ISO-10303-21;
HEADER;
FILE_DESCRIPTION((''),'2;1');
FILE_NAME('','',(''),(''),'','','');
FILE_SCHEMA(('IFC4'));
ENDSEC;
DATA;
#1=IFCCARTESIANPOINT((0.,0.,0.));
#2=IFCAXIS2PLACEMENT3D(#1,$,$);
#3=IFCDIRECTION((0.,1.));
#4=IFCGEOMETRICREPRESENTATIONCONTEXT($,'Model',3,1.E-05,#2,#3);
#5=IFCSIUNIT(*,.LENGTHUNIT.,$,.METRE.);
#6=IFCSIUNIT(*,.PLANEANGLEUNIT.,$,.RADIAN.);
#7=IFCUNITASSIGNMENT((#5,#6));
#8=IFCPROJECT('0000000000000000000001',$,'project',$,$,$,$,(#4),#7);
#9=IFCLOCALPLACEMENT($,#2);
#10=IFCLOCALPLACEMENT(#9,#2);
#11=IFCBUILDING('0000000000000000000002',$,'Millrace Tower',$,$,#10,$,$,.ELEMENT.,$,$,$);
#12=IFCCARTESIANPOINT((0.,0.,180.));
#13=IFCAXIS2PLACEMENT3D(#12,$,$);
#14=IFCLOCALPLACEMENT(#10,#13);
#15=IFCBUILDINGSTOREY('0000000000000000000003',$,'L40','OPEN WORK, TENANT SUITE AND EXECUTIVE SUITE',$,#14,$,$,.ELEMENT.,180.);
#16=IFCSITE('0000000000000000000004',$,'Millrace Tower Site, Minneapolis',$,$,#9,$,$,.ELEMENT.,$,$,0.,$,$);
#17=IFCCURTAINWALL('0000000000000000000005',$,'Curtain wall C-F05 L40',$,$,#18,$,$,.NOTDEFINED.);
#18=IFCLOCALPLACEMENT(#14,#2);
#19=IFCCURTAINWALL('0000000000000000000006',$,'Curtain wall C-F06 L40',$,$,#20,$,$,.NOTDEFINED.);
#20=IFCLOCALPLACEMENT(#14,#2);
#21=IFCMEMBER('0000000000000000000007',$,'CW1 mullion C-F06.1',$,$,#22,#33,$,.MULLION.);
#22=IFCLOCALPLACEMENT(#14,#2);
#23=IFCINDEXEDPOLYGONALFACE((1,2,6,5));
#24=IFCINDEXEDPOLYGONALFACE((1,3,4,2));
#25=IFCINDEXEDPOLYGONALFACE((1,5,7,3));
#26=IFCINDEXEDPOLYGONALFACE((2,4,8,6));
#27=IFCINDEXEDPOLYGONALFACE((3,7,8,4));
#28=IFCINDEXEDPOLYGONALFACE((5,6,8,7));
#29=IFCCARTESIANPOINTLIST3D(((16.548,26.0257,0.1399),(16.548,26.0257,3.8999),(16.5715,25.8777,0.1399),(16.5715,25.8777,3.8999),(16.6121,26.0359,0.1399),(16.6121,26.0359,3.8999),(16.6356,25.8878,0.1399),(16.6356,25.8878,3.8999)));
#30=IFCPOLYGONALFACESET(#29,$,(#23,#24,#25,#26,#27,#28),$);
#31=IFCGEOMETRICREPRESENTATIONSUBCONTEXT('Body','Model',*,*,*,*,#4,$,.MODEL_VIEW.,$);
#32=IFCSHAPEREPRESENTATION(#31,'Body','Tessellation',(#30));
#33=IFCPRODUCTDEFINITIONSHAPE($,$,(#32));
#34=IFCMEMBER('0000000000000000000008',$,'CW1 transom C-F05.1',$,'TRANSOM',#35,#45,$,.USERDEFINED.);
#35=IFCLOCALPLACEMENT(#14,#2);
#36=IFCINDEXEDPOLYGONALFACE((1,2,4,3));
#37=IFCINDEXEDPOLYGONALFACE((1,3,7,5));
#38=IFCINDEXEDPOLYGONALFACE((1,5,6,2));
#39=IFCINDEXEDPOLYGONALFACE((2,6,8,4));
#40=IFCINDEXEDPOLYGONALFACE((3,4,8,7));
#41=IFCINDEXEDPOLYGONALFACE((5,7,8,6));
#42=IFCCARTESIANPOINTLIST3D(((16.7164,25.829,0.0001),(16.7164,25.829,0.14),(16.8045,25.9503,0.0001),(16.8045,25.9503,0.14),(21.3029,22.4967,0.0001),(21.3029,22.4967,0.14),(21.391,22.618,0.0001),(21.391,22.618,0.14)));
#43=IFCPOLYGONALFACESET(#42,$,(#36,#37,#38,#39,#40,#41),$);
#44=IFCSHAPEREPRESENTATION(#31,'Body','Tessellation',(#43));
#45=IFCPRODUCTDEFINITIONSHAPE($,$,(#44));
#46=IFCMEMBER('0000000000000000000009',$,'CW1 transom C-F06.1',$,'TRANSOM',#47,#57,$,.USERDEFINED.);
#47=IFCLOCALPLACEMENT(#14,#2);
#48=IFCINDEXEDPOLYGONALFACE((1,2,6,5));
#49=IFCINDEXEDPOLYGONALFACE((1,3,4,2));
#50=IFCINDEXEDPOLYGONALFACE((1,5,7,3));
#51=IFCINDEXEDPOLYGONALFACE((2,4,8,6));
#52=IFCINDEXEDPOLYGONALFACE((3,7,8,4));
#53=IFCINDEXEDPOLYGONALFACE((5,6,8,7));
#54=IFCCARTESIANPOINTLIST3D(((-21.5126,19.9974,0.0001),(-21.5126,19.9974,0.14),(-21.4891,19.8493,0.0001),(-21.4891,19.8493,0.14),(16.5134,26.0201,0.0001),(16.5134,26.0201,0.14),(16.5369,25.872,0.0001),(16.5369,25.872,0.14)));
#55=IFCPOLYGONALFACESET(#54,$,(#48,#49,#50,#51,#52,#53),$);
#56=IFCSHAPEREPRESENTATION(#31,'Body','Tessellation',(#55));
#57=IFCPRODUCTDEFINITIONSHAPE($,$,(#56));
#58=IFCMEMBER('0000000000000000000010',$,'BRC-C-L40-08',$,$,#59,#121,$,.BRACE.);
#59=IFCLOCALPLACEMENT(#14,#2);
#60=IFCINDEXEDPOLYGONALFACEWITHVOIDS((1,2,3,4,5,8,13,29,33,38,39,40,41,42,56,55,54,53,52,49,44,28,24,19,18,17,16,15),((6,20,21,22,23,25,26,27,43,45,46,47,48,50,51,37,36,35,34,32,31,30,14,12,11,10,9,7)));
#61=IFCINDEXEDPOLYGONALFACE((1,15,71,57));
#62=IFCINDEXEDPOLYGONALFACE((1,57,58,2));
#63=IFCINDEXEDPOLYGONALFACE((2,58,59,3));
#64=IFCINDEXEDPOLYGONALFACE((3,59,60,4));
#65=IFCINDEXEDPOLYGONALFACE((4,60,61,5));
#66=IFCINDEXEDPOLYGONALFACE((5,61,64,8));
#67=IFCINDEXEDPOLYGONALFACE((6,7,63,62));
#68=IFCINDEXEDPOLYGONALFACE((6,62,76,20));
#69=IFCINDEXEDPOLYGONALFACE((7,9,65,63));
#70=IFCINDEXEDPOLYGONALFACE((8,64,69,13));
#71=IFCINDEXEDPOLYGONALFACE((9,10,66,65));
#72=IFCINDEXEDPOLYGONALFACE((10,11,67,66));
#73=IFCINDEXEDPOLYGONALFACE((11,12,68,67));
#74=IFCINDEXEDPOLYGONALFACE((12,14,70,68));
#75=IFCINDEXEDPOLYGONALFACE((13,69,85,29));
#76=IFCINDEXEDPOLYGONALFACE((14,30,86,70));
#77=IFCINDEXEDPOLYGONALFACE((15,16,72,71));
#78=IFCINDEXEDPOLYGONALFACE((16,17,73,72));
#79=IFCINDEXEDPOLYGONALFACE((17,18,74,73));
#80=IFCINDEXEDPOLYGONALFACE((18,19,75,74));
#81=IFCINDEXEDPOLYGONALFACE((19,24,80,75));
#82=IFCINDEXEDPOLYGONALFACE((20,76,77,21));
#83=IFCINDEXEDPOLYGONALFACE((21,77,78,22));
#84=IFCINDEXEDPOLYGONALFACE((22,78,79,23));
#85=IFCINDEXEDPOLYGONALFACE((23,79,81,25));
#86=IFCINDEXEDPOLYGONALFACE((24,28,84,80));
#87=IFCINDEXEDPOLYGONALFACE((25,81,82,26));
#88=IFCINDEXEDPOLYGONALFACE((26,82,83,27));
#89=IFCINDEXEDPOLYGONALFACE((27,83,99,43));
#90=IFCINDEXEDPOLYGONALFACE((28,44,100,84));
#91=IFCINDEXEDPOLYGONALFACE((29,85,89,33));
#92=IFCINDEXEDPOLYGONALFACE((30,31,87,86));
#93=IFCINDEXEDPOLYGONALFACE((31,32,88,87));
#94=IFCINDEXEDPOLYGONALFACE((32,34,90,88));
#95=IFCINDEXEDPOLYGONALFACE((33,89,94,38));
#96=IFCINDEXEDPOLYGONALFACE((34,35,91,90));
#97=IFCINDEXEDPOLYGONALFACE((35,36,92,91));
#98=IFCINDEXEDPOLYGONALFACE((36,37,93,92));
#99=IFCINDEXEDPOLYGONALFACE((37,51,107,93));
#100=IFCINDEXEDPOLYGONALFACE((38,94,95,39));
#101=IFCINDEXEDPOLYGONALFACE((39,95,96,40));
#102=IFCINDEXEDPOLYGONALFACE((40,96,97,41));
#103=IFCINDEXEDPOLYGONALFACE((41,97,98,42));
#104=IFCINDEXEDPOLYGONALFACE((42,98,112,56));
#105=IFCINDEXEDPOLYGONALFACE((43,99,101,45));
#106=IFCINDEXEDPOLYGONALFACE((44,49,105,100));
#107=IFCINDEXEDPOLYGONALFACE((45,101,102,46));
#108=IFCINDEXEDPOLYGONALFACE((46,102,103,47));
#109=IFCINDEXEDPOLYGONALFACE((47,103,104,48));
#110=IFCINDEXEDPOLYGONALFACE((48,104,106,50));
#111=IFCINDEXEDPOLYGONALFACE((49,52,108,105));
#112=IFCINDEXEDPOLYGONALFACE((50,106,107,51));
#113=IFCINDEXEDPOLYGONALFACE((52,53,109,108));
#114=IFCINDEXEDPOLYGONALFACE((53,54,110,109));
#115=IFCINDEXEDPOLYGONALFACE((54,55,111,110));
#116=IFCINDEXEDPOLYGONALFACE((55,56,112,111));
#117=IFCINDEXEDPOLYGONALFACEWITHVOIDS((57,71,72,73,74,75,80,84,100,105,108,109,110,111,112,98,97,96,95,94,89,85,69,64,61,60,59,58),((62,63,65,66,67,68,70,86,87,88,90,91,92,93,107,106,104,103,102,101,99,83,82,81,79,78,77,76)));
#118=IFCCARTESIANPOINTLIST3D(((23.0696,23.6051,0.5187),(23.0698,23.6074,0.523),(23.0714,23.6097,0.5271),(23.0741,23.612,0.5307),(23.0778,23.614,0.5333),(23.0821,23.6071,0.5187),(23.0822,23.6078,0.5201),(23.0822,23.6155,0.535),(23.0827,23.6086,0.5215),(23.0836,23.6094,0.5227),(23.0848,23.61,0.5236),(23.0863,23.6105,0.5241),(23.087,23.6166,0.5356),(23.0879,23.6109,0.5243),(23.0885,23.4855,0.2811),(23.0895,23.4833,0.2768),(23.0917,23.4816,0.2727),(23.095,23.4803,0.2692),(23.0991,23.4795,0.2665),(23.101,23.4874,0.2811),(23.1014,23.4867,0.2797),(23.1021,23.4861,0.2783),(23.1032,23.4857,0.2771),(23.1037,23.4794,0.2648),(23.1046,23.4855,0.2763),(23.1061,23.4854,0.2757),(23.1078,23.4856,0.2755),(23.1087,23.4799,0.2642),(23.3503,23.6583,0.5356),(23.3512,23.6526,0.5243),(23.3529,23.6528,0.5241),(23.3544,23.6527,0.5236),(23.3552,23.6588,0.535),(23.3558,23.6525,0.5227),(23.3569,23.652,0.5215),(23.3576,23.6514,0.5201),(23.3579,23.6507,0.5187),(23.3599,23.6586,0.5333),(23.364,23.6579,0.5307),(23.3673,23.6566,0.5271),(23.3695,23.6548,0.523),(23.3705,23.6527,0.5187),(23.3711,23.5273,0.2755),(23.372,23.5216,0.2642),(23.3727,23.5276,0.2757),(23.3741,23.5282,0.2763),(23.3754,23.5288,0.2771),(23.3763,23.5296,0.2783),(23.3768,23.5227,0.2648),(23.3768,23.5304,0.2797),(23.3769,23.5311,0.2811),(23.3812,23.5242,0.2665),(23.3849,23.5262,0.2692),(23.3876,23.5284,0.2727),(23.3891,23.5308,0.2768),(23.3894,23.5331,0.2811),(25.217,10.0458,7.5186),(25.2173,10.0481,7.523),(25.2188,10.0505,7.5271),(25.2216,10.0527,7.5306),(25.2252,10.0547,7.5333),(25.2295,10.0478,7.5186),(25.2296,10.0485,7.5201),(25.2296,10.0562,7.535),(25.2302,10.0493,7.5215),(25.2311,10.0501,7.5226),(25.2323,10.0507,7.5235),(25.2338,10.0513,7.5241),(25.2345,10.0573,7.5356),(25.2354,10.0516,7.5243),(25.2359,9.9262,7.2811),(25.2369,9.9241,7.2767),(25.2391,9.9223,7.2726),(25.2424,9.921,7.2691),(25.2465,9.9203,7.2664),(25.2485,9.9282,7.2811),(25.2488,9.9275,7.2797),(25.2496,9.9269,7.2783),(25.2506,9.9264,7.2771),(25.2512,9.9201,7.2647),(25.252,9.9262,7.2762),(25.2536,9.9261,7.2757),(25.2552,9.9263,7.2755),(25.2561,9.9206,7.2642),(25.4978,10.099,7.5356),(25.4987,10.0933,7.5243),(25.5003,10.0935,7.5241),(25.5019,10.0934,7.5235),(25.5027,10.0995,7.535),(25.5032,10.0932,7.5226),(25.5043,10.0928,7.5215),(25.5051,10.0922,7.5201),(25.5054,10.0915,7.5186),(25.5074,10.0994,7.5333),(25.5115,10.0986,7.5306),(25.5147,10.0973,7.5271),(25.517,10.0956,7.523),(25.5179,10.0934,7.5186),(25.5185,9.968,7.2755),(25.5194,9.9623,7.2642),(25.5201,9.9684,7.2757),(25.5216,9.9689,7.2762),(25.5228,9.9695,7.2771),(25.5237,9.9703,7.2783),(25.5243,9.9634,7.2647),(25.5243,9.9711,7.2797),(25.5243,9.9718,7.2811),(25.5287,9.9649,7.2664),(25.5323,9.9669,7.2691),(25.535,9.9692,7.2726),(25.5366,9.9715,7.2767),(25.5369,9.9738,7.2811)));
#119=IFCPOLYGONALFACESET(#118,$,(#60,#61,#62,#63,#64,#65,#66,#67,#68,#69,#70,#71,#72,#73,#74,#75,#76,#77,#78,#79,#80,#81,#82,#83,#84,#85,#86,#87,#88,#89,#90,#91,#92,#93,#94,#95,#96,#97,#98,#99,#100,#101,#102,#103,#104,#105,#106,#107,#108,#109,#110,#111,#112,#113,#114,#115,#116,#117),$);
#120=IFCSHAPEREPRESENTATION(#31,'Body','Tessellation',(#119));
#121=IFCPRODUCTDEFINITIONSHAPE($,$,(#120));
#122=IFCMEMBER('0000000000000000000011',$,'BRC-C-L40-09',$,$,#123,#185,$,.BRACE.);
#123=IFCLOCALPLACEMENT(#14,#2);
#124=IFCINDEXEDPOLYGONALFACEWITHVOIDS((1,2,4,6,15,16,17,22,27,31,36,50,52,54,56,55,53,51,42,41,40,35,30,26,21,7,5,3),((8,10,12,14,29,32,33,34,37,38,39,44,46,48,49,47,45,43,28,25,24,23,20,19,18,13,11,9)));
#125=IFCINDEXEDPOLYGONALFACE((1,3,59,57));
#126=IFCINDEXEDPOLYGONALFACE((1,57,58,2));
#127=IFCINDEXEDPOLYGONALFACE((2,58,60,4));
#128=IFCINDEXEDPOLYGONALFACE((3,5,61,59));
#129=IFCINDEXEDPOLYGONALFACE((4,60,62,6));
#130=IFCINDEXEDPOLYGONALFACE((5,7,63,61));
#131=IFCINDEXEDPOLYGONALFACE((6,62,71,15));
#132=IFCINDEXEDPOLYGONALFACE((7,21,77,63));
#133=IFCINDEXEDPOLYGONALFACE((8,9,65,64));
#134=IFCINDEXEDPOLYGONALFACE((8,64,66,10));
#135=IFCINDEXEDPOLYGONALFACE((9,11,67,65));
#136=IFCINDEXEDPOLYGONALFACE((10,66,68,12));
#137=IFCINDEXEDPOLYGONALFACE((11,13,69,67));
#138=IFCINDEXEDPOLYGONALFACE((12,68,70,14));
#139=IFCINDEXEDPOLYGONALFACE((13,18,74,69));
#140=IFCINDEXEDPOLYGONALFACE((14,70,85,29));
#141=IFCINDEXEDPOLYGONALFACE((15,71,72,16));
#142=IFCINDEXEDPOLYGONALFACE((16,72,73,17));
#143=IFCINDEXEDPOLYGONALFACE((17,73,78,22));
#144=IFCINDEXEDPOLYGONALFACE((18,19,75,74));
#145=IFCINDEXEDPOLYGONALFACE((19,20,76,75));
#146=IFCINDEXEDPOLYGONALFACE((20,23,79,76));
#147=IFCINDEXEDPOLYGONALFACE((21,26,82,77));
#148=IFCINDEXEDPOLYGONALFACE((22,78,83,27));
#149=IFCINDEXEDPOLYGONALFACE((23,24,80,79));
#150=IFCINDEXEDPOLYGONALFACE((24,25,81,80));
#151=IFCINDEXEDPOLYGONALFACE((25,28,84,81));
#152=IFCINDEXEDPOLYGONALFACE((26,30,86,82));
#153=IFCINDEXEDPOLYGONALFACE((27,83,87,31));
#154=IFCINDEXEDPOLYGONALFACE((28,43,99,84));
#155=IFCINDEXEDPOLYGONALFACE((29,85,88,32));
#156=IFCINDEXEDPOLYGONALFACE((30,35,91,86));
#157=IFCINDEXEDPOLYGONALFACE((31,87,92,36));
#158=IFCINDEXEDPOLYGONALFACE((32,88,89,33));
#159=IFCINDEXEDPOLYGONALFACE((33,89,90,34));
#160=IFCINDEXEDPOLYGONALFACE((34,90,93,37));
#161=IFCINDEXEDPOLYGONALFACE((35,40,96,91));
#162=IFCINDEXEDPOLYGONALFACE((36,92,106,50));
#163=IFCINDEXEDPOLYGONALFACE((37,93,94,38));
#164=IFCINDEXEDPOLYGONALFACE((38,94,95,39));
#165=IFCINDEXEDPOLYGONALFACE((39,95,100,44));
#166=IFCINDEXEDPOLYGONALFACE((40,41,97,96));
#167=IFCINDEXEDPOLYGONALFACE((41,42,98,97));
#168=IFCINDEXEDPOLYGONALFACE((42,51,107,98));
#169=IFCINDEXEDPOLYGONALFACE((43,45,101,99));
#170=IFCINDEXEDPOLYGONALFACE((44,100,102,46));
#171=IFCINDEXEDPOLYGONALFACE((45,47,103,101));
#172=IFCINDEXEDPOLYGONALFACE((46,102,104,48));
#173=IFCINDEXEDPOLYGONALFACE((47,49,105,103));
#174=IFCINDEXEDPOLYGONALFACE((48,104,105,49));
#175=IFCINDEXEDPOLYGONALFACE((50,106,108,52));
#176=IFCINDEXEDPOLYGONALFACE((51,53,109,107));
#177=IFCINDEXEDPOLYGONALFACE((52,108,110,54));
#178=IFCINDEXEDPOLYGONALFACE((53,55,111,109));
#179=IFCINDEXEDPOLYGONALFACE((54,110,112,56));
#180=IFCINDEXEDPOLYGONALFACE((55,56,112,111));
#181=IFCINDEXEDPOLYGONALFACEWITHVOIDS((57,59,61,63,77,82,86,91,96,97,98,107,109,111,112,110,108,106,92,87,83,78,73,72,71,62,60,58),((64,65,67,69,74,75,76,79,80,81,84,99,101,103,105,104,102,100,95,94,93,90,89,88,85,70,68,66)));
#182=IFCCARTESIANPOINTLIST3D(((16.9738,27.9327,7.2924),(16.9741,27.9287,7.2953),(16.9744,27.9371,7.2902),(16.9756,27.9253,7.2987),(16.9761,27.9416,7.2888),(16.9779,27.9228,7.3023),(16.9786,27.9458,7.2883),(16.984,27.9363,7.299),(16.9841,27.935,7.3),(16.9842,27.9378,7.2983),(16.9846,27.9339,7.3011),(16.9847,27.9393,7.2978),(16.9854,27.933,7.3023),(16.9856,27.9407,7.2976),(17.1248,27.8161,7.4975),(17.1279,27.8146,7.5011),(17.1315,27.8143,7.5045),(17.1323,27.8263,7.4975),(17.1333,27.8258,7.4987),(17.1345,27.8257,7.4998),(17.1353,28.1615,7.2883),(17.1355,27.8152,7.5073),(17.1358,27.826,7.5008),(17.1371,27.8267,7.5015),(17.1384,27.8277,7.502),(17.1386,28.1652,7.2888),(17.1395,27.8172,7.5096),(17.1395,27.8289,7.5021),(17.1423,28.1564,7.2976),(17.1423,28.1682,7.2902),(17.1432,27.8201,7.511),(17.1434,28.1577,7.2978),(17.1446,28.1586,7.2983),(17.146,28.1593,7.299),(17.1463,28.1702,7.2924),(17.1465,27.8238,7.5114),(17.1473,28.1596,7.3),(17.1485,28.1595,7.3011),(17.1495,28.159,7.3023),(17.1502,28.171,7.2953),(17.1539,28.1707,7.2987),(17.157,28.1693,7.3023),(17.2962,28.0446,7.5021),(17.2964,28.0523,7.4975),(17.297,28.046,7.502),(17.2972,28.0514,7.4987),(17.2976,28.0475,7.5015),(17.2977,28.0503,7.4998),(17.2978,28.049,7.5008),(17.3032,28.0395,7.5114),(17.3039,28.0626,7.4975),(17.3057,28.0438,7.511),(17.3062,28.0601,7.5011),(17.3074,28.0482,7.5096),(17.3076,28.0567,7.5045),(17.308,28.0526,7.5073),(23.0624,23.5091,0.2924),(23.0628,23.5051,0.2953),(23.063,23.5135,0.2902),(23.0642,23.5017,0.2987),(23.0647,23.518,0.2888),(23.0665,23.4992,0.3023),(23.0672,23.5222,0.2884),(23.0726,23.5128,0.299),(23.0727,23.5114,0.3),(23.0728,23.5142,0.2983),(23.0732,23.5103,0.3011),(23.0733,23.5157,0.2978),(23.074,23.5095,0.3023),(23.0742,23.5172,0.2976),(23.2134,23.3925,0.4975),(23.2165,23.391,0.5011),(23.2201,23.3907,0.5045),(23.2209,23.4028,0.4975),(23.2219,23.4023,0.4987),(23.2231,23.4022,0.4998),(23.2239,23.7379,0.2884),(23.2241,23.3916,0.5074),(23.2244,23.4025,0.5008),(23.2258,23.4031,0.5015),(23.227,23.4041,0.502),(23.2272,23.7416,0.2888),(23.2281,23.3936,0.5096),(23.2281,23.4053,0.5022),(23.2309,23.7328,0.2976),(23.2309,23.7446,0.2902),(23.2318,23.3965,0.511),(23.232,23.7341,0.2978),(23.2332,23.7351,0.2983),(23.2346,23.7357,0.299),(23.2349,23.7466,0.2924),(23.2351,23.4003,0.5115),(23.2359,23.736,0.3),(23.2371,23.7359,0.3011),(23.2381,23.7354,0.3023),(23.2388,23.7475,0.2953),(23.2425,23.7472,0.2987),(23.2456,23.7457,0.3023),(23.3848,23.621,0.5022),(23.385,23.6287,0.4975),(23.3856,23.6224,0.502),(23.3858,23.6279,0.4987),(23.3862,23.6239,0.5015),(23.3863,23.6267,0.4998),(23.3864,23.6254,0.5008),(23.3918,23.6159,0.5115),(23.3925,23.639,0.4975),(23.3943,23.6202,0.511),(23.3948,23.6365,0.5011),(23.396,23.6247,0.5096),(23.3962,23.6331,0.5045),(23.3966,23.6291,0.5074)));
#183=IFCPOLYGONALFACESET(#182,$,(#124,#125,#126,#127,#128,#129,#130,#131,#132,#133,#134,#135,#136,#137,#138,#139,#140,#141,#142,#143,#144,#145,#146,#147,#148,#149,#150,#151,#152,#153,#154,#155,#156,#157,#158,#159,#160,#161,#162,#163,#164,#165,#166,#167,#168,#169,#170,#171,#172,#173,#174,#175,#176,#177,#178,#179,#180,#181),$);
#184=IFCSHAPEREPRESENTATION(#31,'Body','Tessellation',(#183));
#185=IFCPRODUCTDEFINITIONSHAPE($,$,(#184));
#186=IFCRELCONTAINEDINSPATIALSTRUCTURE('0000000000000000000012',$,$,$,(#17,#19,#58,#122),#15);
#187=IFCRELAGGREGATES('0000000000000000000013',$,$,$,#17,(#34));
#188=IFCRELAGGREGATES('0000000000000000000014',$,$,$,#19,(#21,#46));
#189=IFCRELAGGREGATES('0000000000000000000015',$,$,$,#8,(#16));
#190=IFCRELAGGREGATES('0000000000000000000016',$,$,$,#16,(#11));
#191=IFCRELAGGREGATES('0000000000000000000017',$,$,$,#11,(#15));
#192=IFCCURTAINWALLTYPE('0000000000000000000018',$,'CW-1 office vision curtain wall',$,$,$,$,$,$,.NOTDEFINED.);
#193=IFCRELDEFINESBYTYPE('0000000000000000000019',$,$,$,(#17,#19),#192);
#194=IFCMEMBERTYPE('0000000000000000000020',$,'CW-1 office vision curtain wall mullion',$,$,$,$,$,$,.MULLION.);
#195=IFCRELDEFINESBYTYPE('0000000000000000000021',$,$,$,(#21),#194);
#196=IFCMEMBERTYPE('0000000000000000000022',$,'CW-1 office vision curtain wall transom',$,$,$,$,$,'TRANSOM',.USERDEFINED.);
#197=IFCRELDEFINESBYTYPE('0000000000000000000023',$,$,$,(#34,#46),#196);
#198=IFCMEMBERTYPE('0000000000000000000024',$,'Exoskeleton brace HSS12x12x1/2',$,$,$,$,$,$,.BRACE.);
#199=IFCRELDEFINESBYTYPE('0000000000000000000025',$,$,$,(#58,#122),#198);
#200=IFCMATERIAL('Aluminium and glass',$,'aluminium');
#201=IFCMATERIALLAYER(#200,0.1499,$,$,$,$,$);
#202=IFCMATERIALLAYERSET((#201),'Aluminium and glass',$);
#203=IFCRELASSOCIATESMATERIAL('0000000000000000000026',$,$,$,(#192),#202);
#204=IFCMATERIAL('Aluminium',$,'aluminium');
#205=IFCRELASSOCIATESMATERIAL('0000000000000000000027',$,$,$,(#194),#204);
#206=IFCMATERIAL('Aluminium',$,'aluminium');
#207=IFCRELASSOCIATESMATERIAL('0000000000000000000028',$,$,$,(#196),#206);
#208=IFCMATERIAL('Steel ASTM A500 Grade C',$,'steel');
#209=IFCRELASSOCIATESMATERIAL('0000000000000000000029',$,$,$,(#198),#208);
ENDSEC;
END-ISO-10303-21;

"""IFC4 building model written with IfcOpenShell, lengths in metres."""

from ifc_helpers import new_model, si_unit, direction, frame, origin, origin_2d, place, context, subcontext, project, spatial, rectangle, hollow_rectangle, extrude, material, layer, layer_set, material_profile, profile_set, type_object, element, aggregate, save


model = new_model("IFC4")

# Units and contexts
model_context = context("Model", 3, precision=1e-05, world=origin(), true_north=direction((0.0, 1.0)))
body_context = subcontext(model_context, "Body", "Model", "MODEL_VIEW")
ifc_project = project(units=[si_unit("LENGTHUNIT", "METRE"), si_unit("PLANEANGLEUNIT", "RADIAN")], contexts=[model_context])

# Site, building, storey
site_placement = place(None, origin())
site = spatial("IfcSite", under=ifc_project, at=site_placement, Name="Millrace Tower Site, Minneapolis", CompositionType="ELEMENT", RefElevation=0.0)
building_placement = place(site_placement, origin())
building = spatial("IfcBuilding", under=site, at=building_placement, Name="Millrace Tower", CompositionType="ELEMENT")
storey_placement = place(building_placement, frame((0.0, 0.0, 180.0)))
storey = spatial("IfcBuildingStorey", under=building, at=storey_placement, Name="L40", Description="OPEN WORK, TENANT SUITE AND EXECUTIVE SUITE", CompositionType="ELEMENT", Elevation=180.0)

# Shared definitions
ifc_material_1 = material(Name="Aluminium and glass", Category="aluminium")
ifc_layer_1 = layer(ifc_material_1, 0.1499)
ifc_layer_set_1 = layer_set([ifc_layer_1], Name="Aluminium and glass")
curtain_wall_type = type_object("IfcCurtainWallType", Name="CW-1 office vision curtain wall", PredefinedType="NOTDEFINED", material=ifc_layer_set_1)
placement = place(storey_placement, origin())
ifc_material_2 = material(Name="Aluminium", Category="aluminium")
ifc_material_profile_1 = material_profile(ifc_material_2, rectangle(XDim=0.0649, YDim=0.1499, at=origin_2d()))
ifc_profile_set_1 = profile_set([ifc_material_profile_1], Name="Aluminium")
member_type_1 = type_object("IfcMemberType", Name="CW-1 office vision curtain wall mullion", PredefinedType="MULLION", material=ifc_profile_set_1)

# Curtain walls, member
curtain_wall_1 = element("IfcCurtainWall", 1, at=placement, inside=storey, type_object=curtain_wall_type, Name="Curtain wall C-F05 L40", PredefinedType="NOTDEFINED")
curtain_wall_2 = element("IfcCurtainWall", 2, at=placement, inside=storey, type_object=curtain_wall_type, Name="Curtain wall C-F06 L40", PredefinedType="NOTDEFINED")
member_1_placement = place(storey_placement, frame((16.5918, 25.9568, 0.1399), z_axis=(0.0, 0.0, 1.0), x_axis=(-0.987688, -0.156434, 0.0)))
member_1 = element("IfcMember", 3, at=member_1_placement, type_object=member_type_1, Name="CW1 mullion C-F06.1", PredefinedType="MULLION", context=body_context, shape_type="SweptSolid", body=[
    extrude(rectangle(XDim=0.0649, YDim=0.1499, at=origin_2d()), origin(), (0.0, 0.0, 1.0), 3.76),
])

# Members
ifc_material_3 = material(Name="Aluminium", Category="aluminium")
ifc_material_profile_2 = material_profile(ifc_material_3, rectangle(XDim=0.1499, YDim=0.1399, at=origin_2d()))
ifc_profile_set_2 = profile_set([ifc_material_profile_2], Name="Aluminium")
member_type_2 = type_object("IfcMemberType", Name="CW-1 office vision curtain wall transom", ElementType="TRANSOM", PredefinedType="USERDEFINED", material=ifc_profile_set_2)
member_2_placement = place(storey_placement, frame((21.3469, 22.5574, 0.0701), z_axis=(-0.809013, 0.58779, 0.0), x_axis=(-0.58779, -0.809013, 0.0)))
member_2 = element("IfcMember", 4, at=member_2_placement, type_object=member_type_2, Name="CW1 transom C-F05.1", ObjectType="TRANSOM", PredefinedType="USERDEFINED", context=body_context, shape_type="SweptSolid", body=[
    extrude(rectangle(XDim=0.1499, YDim=0.1399, at=origin_2d()), origin(), (0.0, 0.0, 1.0), 5.6692),
])
aggregate(curtain_wall_1, [member_2])
member_3_placement = place(storey_placement, frame((16.5251, 25.946, 0.0701), z_axis=(-0.987689, -0.156433, 0.0), x_axis=(0.156433, -0.987689, 0.0)))
member_3 = element("IfcMember", 5, at=member_3_placement, type_object=member_type_2, Name="CW1 transom C-F06.1", ObjectType="TRANSOM", PredefinedType="USERDEFINED", context=body_context, shape_type="SweptSolid", body=[
    extrude(rectangle(XDim=0.1499, YDim=0.1399, at=origin_2d()), origin(), (0.0, 0.0, 1.0), 38.5),
])
aggregate(curtain_wall_2, [member_1, member_3])

# Members
ifc_material_4 = material(Name="Steel ASTM A500 Grade C", Category="steel")
ifc_material_profile_3 = material_profile(ifc_material_4, hollow_rectangle(XDim=0.3047, YDim=0.3047, WallThickness=0.0127, InnerFilletRadius=0.0063, OuterFilletRadius=0.019, at=origin_2d()))
ifc_profile_set_3 = profile_set([ifc_material_profile_3], Name="Steel ASTM A500 Grade C")
member_type_3 = type_object("IfcMemberType", Name="Exoskeleton brace HSS12x12x1/2", PredefinedType="BRACE", material=ifc_profile_set_3)
member_4_placement = place(storey_placement, frame((23.2295, 23.5691, 0.3999), z_axis=(0.139355, -0.879907, 0.454252), x_axis=(0.98769, 0.156426, 0.0)))
element("IfcMember", 6, at=member_4_placement, inside=storey, type_object=member_type_3, Name="BRC-C-L40-08", PredefinedType="BRACE", context=body_context, shape_type="SweptSolid", body=[
    extrude(hollow_rectangle(XDim=0.3047, YDim=0.3047, WallThickness=0.0127, InnerFilletRadius=0.0063, OuterFilletRadius=0.019, at=origin_2d()), origin(), (0.0, 0.0, 1.0), 15.4099),
])
member_5_placement = place(storey_placement, frame((23.2295, 23.5691, 0.3999), z_axis=(-0.592388, 0.430389, 0.681059), x_axis=(-0.58778, -0.809021, 0.0)))
element("IfcMember", 7, at=member_5_placement, inside=storey, type_object=member_type_3, Name="BRC-C-L40-09", PredefinedType="BRACE", context=body_context, shape_type="SweptSolid", body=[
    extrude(hollow_rectangle(XDim=0.3047, YDim=0.3047, WallThickness=0.0127, InnerFilletRadius=0.0063, OuterFilletRadius=0.019, at=origin_2d()), origin(), (0.0, 0.0, 1.0), 10.2781),
])

save(model, "model.ifc")
